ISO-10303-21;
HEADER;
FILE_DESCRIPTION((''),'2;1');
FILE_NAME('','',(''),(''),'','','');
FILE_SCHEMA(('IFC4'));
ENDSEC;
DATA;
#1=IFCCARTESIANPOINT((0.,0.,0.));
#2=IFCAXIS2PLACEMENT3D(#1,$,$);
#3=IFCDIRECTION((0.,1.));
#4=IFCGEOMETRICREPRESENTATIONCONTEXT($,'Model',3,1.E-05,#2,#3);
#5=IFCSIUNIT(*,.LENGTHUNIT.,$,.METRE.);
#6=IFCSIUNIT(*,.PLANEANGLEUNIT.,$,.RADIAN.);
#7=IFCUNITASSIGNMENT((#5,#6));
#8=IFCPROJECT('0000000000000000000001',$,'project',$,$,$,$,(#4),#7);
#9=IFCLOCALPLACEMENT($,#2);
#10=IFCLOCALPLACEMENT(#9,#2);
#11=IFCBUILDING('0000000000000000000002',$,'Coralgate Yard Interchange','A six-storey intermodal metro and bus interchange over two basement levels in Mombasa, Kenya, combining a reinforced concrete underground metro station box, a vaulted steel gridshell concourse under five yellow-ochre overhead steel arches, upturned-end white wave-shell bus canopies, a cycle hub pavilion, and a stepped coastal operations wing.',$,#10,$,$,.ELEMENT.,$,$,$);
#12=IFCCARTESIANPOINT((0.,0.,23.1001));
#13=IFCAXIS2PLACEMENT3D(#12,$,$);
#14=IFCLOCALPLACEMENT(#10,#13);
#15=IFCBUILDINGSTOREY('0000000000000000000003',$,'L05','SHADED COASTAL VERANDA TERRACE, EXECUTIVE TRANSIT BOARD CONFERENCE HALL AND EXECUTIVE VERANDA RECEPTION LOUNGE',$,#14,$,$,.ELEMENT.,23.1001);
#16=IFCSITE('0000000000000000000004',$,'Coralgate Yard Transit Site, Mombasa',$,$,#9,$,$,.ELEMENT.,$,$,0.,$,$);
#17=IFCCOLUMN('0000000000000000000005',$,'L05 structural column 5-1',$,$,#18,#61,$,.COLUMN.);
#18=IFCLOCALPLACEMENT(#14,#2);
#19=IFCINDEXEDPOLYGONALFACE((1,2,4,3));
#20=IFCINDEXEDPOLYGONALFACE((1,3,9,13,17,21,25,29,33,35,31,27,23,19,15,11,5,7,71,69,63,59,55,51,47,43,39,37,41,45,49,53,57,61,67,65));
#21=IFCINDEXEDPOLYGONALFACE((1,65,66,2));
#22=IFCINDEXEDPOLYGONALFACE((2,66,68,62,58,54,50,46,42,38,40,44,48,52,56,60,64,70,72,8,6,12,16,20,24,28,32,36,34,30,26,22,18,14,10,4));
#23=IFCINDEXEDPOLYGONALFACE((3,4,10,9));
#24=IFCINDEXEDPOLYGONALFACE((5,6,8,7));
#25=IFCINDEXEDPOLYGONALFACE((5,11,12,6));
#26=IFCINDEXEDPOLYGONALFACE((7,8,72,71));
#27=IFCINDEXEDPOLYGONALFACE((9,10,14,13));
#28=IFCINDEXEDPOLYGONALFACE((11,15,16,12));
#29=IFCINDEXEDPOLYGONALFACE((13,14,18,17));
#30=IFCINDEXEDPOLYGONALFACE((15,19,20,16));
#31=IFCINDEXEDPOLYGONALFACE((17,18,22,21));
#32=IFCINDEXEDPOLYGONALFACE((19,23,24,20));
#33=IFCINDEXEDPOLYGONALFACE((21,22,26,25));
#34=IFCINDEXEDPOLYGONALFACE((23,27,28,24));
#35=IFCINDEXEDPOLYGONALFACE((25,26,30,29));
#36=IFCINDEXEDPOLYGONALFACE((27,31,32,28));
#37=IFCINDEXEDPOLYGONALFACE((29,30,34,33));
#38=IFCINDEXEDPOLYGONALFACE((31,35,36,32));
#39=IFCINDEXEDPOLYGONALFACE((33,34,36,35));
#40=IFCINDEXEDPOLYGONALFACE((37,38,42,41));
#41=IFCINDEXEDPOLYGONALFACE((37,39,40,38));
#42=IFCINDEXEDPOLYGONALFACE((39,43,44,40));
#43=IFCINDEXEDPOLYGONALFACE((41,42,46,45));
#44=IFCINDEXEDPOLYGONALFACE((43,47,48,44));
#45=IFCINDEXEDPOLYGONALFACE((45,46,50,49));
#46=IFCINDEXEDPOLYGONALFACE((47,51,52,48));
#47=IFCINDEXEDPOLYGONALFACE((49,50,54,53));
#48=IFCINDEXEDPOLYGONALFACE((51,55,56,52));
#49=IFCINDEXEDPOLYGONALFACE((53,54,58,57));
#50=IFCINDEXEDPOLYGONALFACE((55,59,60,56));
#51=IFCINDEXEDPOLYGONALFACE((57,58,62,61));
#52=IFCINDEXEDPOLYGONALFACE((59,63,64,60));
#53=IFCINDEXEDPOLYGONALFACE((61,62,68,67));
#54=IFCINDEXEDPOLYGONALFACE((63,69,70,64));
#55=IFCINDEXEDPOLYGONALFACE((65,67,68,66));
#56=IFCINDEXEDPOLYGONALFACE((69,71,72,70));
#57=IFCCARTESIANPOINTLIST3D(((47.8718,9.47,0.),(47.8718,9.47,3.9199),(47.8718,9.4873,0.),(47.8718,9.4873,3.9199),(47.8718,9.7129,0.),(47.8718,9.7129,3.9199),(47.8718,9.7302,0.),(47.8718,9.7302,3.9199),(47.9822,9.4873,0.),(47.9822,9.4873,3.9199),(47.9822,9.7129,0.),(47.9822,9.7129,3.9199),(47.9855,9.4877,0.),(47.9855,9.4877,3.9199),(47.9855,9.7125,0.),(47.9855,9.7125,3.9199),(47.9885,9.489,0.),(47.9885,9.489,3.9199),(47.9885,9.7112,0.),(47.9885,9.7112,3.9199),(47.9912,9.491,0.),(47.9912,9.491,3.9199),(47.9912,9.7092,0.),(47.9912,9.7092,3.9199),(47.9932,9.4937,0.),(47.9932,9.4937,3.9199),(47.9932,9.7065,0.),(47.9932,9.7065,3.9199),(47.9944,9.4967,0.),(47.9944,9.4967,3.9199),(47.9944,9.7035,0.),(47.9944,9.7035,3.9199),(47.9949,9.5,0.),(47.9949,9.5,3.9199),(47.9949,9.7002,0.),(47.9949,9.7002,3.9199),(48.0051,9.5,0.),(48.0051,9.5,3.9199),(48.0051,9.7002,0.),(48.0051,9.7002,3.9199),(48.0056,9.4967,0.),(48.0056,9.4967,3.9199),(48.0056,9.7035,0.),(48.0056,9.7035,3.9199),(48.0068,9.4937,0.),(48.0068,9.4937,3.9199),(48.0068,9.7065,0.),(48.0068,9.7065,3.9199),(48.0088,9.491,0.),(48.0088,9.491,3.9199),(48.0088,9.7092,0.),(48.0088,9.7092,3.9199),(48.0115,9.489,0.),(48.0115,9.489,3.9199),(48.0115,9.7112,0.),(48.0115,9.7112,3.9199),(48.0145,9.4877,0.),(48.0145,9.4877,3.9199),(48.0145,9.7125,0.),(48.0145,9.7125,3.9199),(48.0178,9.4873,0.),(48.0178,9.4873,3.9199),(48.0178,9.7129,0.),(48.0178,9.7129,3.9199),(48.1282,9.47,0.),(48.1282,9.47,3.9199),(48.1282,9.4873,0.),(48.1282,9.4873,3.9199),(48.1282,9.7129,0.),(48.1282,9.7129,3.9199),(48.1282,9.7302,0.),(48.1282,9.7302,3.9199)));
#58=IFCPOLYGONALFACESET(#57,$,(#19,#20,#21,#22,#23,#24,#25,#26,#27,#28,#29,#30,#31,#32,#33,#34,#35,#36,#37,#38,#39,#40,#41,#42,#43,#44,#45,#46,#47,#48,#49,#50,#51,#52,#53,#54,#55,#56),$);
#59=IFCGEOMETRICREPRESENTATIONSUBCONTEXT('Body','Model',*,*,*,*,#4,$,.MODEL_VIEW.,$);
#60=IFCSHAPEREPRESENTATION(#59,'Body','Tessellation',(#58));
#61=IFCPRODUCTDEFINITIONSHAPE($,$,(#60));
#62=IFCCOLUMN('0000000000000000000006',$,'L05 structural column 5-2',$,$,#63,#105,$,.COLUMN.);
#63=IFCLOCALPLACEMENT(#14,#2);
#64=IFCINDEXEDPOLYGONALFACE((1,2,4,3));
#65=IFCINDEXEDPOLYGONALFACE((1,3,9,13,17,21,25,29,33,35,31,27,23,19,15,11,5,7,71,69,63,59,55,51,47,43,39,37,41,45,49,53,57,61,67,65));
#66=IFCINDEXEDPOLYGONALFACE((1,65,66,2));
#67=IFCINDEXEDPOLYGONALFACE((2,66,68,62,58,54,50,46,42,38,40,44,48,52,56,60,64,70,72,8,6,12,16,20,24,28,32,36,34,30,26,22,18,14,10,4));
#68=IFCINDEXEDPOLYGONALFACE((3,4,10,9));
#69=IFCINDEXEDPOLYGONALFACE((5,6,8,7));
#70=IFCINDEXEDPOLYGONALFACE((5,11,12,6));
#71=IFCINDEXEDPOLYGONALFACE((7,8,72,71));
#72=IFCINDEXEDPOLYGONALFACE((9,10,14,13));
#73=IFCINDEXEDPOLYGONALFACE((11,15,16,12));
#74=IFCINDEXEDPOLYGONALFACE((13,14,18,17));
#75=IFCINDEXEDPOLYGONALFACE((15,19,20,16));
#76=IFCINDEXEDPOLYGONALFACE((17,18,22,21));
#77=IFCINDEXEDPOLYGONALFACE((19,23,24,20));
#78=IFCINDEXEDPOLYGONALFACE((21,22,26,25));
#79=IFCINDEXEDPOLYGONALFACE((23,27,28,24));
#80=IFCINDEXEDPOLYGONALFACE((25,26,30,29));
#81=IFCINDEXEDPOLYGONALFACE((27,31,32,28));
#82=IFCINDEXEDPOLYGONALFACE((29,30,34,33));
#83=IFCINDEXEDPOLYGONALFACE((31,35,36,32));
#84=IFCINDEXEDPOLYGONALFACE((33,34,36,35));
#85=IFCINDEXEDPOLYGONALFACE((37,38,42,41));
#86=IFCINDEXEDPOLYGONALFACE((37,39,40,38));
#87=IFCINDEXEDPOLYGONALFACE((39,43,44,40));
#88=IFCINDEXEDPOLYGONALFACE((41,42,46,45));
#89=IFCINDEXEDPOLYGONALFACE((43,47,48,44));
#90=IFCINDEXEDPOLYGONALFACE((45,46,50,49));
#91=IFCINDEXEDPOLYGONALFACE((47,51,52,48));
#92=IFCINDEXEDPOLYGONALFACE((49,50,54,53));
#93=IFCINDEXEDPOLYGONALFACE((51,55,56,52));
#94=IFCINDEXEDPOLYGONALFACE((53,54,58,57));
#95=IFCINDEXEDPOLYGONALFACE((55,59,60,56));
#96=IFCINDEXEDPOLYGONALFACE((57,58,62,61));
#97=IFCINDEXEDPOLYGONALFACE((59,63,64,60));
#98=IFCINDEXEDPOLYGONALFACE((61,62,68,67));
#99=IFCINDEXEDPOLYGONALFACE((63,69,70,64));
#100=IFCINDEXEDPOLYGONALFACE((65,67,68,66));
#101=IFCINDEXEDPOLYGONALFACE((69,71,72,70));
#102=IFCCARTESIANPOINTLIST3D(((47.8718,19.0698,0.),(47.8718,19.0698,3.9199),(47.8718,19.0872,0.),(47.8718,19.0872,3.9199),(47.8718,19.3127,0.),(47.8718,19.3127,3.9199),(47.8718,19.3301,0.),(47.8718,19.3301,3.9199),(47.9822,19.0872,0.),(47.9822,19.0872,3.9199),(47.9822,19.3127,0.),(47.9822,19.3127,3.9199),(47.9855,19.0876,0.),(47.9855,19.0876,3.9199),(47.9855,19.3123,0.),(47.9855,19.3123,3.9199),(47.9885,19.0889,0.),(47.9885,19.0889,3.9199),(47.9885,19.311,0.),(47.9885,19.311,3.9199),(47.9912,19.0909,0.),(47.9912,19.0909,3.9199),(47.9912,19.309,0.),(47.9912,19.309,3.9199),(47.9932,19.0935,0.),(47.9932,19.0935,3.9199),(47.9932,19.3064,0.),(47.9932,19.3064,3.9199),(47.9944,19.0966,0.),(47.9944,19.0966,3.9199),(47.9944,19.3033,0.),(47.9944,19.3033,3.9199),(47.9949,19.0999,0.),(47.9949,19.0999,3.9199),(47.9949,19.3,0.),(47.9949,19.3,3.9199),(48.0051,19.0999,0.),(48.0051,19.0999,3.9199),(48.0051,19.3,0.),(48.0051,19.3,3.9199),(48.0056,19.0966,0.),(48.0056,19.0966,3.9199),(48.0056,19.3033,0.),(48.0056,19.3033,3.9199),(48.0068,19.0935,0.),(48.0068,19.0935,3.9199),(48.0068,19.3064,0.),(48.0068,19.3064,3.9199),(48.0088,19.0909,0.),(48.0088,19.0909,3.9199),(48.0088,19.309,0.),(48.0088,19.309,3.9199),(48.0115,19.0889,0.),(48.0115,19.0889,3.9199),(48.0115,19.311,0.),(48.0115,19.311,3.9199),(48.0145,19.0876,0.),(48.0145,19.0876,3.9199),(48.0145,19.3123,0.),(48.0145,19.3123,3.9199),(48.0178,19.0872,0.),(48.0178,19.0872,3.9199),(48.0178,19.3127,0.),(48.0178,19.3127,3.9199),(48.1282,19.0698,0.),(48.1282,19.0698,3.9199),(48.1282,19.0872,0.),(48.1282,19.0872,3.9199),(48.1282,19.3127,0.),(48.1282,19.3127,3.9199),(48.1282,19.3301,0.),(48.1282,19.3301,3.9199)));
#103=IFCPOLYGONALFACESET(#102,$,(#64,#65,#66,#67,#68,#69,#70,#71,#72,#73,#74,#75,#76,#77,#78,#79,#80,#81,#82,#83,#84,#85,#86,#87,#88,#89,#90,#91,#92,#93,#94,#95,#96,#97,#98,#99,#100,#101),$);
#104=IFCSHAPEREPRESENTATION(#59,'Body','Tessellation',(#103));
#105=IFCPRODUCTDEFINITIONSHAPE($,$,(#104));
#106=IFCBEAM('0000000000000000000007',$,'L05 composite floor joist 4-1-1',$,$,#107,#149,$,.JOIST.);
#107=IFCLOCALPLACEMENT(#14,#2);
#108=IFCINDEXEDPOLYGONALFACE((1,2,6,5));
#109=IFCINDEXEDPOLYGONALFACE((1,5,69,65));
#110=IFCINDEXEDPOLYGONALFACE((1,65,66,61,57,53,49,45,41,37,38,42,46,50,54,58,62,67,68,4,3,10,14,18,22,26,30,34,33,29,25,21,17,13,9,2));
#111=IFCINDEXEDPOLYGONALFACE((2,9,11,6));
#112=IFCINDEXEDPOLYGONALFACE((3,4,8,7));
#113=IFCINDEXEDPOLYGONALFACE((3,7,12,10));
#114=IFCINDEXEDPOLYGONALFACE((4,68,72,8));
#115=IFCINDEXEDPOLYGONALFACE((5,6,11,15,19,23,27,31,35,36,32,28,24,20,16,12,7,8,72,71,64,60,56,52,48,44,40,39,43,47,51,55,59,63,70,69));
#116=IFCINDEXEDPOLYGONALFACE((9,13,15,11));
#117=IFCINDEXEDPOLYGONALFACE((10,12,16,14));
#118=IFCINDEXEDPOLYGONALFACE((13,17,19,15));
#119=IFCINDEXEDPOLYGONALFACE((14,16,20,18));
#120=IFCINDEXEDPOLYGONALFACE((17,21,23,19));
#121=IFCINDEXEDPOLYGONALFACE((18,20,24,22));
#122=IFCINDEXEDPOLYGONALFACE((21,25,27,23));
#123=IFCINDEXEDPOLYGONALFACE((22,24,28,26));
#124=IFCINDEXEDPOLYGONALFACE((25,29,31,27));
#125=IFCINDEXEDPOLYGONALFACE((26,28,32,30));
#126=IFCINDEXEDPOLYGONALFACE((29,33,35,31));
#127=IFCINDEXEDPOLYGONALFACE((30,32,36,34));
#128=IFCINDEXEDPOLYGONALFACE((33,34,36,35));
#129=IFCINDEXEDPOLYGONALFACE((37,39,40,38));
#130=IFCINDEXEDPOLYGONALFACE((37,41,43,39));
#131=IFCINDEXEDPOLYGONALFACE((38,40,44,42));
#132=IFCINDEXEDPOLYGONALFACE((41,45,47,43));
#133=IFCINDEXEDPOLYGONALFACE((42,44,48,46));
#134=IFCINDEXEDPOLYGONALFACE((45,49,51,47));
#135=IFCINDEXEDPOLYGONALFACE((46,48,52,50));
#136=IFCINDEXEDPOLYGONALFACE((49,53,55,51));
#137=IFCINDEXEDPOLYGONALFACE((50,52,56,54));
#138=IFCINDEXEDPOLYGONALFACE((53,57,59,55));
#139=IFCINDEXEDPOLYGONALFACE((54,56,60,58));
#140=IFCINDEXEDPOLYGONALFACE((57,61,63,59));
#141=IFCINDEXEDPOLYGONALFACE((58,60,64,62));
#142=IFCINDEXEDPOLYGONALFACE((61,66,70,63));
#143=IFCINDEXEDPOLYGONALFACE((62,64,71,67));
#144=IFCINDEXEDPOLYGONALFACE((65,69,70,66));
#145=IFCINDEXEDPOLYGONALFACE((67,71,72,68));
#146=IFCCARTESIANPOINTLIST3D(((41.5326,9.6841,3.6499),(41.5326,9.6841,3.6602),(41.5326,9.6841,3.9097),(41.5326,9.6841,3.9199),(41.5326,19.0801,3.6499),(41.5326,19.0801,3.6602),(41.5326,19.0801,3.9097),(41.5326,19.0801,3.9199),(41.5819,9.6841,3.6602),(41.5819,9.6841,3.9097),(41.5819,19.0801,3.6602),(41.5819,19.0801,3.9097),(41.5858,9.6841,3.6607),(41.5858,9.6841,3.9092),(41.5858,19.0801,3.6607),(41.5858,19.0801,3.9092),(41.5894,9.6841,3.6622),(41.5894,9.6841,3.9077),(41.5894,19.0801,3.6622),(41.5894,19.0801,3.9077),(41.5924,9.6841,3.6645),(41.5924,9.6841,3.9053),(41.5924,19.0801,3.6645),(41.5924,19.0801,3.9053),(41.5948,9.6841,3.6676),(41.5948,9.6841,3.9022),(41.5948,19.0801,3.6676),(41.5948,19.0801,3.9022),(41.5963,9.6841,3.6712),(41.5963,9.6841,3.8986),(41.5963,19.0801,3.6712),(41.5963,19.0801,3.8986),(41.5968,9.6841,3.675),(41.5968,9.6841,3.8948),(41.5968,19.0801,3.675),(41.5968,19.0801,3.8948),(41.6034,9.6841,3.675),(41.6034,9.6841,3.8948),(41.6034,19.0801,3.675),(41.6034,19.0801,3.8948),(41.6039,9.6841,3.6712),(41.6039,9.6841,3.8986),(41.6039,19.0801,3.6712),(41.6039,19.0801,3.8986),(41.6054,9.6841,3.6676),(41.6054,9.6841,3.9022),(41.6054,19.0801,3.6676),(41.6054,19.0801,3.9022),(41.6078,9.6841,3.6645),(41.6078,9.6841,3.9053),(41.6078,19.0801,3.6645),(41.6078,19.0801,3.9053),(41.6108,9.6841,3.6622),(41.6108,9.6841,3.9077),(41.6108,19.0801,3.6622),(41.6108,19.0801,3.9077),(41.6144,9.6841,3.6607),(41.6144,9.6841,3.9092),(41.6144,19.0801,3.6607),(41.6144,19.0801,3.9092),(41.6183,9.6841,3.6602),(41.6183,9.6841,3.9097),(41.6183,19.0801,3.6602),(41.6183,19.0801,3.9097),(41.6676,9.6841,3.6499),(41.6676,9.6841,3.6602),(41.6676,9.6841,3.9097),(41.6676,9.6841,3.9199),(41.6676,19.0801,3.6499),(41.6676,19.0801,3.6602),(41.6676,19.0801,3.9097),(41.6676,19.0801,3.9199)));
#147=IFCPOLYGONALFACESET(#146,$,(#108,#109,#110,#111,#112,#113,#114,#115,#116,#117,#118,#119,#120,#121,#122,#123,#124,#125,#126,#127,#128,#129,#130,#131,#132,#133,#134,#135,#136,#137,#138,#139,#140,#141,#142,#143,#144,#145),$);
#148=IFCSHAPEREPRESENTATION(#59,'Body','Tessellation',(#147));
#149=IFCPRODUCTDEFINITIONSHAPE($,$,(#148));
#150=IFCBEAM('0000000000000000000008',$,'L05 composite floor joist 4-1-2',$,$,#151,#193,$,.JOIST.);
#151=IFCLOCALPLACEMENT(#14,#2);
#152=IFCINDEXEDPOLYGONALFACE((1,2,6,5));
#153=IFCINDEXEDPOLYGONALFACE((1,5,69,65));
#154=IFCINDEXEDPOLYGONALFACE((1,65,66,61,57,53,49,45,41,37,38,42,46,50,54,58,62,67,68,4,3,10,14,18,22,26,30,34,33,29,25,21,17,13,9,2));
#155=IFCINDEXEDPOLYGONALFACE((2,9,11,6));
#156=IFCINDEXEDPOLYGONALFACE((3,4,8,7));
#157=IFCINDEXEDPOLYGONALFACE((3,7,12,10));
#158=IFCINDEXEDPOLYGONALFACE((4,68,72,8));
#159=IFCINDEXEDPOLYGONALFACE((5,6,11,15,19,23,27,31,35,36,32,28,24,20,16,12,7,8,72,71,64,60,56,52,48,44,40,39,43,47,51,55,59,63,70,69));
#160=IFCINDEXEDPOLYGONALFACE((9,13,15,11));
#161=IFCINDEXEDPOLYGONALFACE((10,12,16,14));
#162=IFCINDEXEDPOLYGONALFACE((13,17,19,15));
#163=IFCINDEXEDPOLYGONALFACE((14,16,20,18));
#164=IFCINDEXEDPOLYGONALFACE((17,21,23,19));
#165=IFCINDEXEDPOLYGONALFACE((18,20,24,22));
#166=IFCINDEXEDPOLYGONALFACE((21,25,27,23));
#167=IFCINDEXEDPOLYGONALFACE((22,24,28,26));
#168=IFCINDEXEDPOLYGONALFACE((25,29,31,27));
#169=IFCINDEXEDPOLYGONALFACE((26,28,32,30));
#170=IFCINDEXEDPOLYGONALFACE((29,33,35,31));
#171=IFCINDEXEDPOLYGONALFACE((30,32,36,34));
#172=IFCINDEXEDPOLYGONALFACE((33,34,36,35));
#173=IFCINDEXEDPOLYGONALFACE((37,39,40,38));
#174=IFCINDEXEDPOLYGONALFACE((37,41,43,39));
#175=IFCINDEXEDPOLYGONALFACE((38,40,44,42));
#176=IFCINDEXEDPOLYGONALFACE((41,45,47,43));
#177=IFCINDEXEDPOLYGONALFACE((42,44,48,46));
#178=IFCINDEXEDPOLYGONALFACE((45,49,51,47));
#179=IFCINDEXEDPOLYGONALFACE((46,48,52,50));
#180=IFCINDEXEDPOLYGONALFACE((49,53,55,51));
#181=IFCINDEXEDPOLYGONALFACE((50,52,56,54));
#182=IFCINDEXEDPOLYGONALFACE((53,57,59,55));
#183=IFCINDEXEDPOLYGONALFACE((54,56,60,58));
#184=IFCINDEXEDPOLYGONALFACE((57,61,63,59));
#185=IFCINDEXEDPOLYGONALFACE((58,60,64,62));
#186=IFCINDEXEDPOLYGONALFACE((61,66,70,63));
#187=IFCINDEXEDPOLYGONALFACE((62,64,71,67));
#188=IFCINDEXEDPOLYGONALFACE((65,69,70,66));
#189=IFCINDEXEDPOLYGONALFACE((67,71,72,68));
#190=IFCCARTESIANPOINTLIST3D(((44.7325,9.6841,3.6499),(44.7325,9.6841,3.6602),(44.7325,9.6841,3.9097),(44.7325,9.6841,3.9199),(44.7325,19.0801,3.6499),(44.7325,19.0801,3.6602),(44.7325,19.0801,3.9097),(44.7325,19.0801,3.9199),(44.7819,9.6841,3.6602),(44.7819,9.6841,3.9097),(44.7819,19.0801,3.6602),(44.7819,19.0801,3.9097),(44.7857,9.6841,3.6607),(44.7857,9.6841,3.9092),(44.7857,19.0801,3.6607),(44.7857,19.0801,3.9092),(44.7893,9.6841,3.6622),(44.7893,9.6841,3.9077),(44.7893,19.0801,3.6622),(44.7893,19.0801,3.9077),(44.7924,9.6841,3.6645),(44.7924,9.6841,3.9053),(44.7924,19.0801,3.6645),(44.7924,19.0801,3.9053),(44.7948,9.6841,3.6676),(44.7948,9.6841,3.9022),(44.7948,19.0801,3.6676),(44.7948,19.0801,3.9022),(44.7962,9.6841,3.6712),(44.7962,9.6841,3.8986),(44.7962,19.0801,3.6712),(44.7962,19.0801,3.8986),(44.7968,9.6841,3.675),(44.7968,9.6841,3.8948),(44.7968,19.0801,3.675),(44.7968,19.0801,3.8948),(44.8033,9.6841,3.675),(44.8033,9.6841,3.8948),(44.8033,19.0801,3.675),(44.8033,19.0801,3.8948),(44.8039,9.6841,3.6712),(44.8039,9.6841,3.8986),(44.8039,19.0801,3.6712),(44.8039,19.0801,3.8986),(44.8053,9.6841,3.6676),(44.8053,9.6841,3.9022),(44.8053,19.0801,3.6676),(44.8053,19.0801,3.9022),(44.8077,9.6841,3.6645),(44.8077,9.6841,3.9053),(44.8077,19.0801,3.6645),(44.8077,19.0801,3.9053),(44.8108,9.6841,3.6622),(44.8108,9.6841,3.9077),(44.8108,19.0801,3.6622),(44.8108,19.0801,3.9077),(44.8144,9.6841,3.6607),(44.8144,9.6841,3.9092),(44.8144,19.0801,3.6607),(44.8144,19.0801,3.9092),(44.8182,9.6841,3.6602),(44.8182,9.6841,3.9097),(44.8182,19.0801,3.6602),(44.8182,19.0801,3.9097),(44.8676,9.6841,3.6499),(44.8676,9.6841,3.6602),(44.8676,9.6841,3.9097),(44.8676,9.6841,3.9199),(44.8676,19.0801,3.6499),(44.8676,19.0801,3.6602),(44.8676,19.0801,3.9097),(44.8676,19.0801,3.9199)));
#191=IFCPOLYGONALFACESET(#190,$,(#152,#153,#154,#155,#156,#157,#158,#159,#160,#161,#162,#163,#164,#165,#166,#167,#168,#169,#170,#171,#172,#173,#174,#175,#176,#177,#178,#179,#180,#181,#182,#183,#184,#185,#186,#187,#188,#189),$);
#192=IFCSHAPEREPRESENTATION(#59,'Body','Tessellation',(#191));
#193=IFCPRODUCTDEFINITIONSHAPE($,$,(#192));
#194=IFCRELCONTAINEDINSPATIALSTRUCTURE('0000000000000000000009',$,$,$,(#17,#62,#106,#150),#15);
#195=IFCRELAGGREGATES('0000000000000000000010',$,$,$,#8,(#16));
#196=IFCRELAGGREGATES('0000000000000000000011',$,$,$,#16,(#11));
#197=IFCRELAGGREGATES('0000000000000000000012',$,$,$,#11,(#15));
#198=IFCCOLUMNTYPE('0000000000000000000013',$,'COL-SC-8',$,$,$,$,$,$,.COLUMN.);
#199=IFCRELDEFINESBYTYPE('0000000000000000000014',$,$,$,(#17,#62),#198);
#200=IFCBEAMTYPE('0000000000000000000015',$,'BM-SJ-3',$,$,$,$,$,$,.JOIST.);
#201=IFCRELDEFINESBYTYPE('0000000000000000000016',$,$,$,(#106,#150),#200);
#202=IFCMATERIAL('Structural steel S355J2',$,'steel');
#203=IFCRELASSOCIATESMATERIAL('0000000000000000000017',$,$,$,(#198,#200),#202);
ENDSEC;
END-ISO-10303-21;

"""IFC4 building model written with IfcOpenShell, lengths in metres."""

from ifc_helpers import new_model, si_unit, direction, frame, origin, origin_2d, place, context, subcontext, project, spatial, i_section, extrude, material, material_profile, profile_set, type_object, element, save


model = new_model("IFC4")

# Units and contexts
model_context = context("Model", 3, precision=1e-05, world=origin(), true_north=direction((0.0, 1.0)))
body_context = subcontext(model_context, "Body", "Model", "MODEL_VIEW")
ifc_project = project(units=[si_unit("LENGTHUNIT", "METRE"), si_unit("PLANEANGLEUNIT", "RADIAN")], contexts=[model_context])

# Site, building, storey
site_placement = place(None, origin())
site = spatial("IfcSite", under=ifc_project, at=site_placement, Name="Coralgate Yard Transit Site, Mombasa", CompositionType="ELEMENT", RefElevation=0.0)
building_placement = place(site_placement, origin())
building = spatial("IfcBuilding", under=site, at=building_placement, Name="Coralgate Yard Interchange", Description="A six-storey intermodal metro and bus interchange over two basement levels in Mombasa, Kenya, combining a reinforced concrete underground metro station box, a vaulted steel gridshell concourse under five yellow-ochre overhead steel arches, upturned-end white wave-shell bus canopies, a cycle hub pavilion, and a stepped coastal operations wing.", CompositionType="ELEMENT")
storey_placement = place(building_placement, frame((0.0, 0.0, 23.1001)))
storey = spatial("IfcBuildingStorey", under=building, at=storey_placement, Name="L05", Description="SHADED COASTAL VERANDA TERRACE, EXECUTIVE TRANSIT BOARD CONFERENCE HALL AND EXECUTIVE VERANDA RECEPTION LOUNGE", CompositionType="ELEMENT", Elevation=23.1001)

# Columns
ifc_material_1 = material(Name="Structural steel S355J2", Category="steel")
ifc_material_profile_1 = material_profile(ifc_material_1, i_section(OverallWidth=0.2563, OverallDepth=0.2603, WebThickness=0.0103, FlangeThickness=0.0173, FilletRadius=0.0127, at=origin_2d()), Name="UC 254x254x89")
ifc_profile_set_1 = profile_set([ifc_material_profile_1], Name="Structural steel S355J2")
column_type = type_object("IfcColumnType", Name="COL-SC-8", PredefinedType="COLUMN", material=ifc_profile_set_1)
for number, where, z_axis, x_axis, name in (
    (1, (48.0, 9.6001, 0.0), (0.0, 0.0, 1.0), (1.0, 0.0, 0.0), "L05 structural column 5-1"),
    (2, (48.0, 19.2, 0.0), (0.0, 0.0, 1.0), (1.0, 0.0, 0.0), "L05 structural column 5-2"),
):
    element("IfcColumn", number, at=place(storey_placement, frame(where, z_axis=z_axis, x_axis=x_axis)), inside=storey, type_object=column_type, Name=name, PredefinedType="COLUMN", context=body_context, shape_type="SweptSolid", body=[
        extrude(i_section(OverallWidth=0.2563, OverallDepth=0.2603, WebThickness=0.0103, FlangeThickness=0.0173, FilletRadius=0.0127, at=origin_2d()), origin(), (0.0, 0.0, 1.0), 3.9199),
    ])

# Beams
ifc_material_profile_2 = material_profile(ifc_material_1, i_section(OverallWidth=0.135, OverallDepth=0.27, WebThickness=0.0066, FlangeThickness=0.0103, FilletRadius=0.0149, at=origin_2d()), Name="IPE 270")
ifc_profile_set_2 = profile_set([ifc_material_profile_2], Name="Structural steel S355J2")
beam_type = type_object("IfcBeamType", Name="BM-SJ-3", PredefinedType="JOIST", material=ifc_profile_set_2)
for number, where, z_axis, x_axis, name in (
    (3, (41.6001, 9.6841, 3.7849), (0.0, 1.0, 0.0), (-1.0, 0.0, 0.0), "L05 composite floor joist 4-1-1"),
    (4, (44.8, 9.6841, 3.7849), (0.0, 1.0, 0.0), (-1.0, 0.0, 0.0), "L05 composite floor joist 4-1-2"),
):
    element("IfcBeam", number, at=place(storey_placement, frame(where, z_axis=z_axis, x_axis=x_axis)), inside=storey, type_object=beam_type, Name=name, PredefinedType="JOIST", context=body_context, shape_type="SweptSolid", body=[
        extrude(i_section(OverallWidth=0.135, OverallDepth=0.27, WebThickness=0.0066, FlangeThickness=0.0103, FilletRadius=0.0149, at=origin_2d()), origin(), (0.0, 0.0, 1.0), 9.396),
    ])

save(model, "model.ifc")
